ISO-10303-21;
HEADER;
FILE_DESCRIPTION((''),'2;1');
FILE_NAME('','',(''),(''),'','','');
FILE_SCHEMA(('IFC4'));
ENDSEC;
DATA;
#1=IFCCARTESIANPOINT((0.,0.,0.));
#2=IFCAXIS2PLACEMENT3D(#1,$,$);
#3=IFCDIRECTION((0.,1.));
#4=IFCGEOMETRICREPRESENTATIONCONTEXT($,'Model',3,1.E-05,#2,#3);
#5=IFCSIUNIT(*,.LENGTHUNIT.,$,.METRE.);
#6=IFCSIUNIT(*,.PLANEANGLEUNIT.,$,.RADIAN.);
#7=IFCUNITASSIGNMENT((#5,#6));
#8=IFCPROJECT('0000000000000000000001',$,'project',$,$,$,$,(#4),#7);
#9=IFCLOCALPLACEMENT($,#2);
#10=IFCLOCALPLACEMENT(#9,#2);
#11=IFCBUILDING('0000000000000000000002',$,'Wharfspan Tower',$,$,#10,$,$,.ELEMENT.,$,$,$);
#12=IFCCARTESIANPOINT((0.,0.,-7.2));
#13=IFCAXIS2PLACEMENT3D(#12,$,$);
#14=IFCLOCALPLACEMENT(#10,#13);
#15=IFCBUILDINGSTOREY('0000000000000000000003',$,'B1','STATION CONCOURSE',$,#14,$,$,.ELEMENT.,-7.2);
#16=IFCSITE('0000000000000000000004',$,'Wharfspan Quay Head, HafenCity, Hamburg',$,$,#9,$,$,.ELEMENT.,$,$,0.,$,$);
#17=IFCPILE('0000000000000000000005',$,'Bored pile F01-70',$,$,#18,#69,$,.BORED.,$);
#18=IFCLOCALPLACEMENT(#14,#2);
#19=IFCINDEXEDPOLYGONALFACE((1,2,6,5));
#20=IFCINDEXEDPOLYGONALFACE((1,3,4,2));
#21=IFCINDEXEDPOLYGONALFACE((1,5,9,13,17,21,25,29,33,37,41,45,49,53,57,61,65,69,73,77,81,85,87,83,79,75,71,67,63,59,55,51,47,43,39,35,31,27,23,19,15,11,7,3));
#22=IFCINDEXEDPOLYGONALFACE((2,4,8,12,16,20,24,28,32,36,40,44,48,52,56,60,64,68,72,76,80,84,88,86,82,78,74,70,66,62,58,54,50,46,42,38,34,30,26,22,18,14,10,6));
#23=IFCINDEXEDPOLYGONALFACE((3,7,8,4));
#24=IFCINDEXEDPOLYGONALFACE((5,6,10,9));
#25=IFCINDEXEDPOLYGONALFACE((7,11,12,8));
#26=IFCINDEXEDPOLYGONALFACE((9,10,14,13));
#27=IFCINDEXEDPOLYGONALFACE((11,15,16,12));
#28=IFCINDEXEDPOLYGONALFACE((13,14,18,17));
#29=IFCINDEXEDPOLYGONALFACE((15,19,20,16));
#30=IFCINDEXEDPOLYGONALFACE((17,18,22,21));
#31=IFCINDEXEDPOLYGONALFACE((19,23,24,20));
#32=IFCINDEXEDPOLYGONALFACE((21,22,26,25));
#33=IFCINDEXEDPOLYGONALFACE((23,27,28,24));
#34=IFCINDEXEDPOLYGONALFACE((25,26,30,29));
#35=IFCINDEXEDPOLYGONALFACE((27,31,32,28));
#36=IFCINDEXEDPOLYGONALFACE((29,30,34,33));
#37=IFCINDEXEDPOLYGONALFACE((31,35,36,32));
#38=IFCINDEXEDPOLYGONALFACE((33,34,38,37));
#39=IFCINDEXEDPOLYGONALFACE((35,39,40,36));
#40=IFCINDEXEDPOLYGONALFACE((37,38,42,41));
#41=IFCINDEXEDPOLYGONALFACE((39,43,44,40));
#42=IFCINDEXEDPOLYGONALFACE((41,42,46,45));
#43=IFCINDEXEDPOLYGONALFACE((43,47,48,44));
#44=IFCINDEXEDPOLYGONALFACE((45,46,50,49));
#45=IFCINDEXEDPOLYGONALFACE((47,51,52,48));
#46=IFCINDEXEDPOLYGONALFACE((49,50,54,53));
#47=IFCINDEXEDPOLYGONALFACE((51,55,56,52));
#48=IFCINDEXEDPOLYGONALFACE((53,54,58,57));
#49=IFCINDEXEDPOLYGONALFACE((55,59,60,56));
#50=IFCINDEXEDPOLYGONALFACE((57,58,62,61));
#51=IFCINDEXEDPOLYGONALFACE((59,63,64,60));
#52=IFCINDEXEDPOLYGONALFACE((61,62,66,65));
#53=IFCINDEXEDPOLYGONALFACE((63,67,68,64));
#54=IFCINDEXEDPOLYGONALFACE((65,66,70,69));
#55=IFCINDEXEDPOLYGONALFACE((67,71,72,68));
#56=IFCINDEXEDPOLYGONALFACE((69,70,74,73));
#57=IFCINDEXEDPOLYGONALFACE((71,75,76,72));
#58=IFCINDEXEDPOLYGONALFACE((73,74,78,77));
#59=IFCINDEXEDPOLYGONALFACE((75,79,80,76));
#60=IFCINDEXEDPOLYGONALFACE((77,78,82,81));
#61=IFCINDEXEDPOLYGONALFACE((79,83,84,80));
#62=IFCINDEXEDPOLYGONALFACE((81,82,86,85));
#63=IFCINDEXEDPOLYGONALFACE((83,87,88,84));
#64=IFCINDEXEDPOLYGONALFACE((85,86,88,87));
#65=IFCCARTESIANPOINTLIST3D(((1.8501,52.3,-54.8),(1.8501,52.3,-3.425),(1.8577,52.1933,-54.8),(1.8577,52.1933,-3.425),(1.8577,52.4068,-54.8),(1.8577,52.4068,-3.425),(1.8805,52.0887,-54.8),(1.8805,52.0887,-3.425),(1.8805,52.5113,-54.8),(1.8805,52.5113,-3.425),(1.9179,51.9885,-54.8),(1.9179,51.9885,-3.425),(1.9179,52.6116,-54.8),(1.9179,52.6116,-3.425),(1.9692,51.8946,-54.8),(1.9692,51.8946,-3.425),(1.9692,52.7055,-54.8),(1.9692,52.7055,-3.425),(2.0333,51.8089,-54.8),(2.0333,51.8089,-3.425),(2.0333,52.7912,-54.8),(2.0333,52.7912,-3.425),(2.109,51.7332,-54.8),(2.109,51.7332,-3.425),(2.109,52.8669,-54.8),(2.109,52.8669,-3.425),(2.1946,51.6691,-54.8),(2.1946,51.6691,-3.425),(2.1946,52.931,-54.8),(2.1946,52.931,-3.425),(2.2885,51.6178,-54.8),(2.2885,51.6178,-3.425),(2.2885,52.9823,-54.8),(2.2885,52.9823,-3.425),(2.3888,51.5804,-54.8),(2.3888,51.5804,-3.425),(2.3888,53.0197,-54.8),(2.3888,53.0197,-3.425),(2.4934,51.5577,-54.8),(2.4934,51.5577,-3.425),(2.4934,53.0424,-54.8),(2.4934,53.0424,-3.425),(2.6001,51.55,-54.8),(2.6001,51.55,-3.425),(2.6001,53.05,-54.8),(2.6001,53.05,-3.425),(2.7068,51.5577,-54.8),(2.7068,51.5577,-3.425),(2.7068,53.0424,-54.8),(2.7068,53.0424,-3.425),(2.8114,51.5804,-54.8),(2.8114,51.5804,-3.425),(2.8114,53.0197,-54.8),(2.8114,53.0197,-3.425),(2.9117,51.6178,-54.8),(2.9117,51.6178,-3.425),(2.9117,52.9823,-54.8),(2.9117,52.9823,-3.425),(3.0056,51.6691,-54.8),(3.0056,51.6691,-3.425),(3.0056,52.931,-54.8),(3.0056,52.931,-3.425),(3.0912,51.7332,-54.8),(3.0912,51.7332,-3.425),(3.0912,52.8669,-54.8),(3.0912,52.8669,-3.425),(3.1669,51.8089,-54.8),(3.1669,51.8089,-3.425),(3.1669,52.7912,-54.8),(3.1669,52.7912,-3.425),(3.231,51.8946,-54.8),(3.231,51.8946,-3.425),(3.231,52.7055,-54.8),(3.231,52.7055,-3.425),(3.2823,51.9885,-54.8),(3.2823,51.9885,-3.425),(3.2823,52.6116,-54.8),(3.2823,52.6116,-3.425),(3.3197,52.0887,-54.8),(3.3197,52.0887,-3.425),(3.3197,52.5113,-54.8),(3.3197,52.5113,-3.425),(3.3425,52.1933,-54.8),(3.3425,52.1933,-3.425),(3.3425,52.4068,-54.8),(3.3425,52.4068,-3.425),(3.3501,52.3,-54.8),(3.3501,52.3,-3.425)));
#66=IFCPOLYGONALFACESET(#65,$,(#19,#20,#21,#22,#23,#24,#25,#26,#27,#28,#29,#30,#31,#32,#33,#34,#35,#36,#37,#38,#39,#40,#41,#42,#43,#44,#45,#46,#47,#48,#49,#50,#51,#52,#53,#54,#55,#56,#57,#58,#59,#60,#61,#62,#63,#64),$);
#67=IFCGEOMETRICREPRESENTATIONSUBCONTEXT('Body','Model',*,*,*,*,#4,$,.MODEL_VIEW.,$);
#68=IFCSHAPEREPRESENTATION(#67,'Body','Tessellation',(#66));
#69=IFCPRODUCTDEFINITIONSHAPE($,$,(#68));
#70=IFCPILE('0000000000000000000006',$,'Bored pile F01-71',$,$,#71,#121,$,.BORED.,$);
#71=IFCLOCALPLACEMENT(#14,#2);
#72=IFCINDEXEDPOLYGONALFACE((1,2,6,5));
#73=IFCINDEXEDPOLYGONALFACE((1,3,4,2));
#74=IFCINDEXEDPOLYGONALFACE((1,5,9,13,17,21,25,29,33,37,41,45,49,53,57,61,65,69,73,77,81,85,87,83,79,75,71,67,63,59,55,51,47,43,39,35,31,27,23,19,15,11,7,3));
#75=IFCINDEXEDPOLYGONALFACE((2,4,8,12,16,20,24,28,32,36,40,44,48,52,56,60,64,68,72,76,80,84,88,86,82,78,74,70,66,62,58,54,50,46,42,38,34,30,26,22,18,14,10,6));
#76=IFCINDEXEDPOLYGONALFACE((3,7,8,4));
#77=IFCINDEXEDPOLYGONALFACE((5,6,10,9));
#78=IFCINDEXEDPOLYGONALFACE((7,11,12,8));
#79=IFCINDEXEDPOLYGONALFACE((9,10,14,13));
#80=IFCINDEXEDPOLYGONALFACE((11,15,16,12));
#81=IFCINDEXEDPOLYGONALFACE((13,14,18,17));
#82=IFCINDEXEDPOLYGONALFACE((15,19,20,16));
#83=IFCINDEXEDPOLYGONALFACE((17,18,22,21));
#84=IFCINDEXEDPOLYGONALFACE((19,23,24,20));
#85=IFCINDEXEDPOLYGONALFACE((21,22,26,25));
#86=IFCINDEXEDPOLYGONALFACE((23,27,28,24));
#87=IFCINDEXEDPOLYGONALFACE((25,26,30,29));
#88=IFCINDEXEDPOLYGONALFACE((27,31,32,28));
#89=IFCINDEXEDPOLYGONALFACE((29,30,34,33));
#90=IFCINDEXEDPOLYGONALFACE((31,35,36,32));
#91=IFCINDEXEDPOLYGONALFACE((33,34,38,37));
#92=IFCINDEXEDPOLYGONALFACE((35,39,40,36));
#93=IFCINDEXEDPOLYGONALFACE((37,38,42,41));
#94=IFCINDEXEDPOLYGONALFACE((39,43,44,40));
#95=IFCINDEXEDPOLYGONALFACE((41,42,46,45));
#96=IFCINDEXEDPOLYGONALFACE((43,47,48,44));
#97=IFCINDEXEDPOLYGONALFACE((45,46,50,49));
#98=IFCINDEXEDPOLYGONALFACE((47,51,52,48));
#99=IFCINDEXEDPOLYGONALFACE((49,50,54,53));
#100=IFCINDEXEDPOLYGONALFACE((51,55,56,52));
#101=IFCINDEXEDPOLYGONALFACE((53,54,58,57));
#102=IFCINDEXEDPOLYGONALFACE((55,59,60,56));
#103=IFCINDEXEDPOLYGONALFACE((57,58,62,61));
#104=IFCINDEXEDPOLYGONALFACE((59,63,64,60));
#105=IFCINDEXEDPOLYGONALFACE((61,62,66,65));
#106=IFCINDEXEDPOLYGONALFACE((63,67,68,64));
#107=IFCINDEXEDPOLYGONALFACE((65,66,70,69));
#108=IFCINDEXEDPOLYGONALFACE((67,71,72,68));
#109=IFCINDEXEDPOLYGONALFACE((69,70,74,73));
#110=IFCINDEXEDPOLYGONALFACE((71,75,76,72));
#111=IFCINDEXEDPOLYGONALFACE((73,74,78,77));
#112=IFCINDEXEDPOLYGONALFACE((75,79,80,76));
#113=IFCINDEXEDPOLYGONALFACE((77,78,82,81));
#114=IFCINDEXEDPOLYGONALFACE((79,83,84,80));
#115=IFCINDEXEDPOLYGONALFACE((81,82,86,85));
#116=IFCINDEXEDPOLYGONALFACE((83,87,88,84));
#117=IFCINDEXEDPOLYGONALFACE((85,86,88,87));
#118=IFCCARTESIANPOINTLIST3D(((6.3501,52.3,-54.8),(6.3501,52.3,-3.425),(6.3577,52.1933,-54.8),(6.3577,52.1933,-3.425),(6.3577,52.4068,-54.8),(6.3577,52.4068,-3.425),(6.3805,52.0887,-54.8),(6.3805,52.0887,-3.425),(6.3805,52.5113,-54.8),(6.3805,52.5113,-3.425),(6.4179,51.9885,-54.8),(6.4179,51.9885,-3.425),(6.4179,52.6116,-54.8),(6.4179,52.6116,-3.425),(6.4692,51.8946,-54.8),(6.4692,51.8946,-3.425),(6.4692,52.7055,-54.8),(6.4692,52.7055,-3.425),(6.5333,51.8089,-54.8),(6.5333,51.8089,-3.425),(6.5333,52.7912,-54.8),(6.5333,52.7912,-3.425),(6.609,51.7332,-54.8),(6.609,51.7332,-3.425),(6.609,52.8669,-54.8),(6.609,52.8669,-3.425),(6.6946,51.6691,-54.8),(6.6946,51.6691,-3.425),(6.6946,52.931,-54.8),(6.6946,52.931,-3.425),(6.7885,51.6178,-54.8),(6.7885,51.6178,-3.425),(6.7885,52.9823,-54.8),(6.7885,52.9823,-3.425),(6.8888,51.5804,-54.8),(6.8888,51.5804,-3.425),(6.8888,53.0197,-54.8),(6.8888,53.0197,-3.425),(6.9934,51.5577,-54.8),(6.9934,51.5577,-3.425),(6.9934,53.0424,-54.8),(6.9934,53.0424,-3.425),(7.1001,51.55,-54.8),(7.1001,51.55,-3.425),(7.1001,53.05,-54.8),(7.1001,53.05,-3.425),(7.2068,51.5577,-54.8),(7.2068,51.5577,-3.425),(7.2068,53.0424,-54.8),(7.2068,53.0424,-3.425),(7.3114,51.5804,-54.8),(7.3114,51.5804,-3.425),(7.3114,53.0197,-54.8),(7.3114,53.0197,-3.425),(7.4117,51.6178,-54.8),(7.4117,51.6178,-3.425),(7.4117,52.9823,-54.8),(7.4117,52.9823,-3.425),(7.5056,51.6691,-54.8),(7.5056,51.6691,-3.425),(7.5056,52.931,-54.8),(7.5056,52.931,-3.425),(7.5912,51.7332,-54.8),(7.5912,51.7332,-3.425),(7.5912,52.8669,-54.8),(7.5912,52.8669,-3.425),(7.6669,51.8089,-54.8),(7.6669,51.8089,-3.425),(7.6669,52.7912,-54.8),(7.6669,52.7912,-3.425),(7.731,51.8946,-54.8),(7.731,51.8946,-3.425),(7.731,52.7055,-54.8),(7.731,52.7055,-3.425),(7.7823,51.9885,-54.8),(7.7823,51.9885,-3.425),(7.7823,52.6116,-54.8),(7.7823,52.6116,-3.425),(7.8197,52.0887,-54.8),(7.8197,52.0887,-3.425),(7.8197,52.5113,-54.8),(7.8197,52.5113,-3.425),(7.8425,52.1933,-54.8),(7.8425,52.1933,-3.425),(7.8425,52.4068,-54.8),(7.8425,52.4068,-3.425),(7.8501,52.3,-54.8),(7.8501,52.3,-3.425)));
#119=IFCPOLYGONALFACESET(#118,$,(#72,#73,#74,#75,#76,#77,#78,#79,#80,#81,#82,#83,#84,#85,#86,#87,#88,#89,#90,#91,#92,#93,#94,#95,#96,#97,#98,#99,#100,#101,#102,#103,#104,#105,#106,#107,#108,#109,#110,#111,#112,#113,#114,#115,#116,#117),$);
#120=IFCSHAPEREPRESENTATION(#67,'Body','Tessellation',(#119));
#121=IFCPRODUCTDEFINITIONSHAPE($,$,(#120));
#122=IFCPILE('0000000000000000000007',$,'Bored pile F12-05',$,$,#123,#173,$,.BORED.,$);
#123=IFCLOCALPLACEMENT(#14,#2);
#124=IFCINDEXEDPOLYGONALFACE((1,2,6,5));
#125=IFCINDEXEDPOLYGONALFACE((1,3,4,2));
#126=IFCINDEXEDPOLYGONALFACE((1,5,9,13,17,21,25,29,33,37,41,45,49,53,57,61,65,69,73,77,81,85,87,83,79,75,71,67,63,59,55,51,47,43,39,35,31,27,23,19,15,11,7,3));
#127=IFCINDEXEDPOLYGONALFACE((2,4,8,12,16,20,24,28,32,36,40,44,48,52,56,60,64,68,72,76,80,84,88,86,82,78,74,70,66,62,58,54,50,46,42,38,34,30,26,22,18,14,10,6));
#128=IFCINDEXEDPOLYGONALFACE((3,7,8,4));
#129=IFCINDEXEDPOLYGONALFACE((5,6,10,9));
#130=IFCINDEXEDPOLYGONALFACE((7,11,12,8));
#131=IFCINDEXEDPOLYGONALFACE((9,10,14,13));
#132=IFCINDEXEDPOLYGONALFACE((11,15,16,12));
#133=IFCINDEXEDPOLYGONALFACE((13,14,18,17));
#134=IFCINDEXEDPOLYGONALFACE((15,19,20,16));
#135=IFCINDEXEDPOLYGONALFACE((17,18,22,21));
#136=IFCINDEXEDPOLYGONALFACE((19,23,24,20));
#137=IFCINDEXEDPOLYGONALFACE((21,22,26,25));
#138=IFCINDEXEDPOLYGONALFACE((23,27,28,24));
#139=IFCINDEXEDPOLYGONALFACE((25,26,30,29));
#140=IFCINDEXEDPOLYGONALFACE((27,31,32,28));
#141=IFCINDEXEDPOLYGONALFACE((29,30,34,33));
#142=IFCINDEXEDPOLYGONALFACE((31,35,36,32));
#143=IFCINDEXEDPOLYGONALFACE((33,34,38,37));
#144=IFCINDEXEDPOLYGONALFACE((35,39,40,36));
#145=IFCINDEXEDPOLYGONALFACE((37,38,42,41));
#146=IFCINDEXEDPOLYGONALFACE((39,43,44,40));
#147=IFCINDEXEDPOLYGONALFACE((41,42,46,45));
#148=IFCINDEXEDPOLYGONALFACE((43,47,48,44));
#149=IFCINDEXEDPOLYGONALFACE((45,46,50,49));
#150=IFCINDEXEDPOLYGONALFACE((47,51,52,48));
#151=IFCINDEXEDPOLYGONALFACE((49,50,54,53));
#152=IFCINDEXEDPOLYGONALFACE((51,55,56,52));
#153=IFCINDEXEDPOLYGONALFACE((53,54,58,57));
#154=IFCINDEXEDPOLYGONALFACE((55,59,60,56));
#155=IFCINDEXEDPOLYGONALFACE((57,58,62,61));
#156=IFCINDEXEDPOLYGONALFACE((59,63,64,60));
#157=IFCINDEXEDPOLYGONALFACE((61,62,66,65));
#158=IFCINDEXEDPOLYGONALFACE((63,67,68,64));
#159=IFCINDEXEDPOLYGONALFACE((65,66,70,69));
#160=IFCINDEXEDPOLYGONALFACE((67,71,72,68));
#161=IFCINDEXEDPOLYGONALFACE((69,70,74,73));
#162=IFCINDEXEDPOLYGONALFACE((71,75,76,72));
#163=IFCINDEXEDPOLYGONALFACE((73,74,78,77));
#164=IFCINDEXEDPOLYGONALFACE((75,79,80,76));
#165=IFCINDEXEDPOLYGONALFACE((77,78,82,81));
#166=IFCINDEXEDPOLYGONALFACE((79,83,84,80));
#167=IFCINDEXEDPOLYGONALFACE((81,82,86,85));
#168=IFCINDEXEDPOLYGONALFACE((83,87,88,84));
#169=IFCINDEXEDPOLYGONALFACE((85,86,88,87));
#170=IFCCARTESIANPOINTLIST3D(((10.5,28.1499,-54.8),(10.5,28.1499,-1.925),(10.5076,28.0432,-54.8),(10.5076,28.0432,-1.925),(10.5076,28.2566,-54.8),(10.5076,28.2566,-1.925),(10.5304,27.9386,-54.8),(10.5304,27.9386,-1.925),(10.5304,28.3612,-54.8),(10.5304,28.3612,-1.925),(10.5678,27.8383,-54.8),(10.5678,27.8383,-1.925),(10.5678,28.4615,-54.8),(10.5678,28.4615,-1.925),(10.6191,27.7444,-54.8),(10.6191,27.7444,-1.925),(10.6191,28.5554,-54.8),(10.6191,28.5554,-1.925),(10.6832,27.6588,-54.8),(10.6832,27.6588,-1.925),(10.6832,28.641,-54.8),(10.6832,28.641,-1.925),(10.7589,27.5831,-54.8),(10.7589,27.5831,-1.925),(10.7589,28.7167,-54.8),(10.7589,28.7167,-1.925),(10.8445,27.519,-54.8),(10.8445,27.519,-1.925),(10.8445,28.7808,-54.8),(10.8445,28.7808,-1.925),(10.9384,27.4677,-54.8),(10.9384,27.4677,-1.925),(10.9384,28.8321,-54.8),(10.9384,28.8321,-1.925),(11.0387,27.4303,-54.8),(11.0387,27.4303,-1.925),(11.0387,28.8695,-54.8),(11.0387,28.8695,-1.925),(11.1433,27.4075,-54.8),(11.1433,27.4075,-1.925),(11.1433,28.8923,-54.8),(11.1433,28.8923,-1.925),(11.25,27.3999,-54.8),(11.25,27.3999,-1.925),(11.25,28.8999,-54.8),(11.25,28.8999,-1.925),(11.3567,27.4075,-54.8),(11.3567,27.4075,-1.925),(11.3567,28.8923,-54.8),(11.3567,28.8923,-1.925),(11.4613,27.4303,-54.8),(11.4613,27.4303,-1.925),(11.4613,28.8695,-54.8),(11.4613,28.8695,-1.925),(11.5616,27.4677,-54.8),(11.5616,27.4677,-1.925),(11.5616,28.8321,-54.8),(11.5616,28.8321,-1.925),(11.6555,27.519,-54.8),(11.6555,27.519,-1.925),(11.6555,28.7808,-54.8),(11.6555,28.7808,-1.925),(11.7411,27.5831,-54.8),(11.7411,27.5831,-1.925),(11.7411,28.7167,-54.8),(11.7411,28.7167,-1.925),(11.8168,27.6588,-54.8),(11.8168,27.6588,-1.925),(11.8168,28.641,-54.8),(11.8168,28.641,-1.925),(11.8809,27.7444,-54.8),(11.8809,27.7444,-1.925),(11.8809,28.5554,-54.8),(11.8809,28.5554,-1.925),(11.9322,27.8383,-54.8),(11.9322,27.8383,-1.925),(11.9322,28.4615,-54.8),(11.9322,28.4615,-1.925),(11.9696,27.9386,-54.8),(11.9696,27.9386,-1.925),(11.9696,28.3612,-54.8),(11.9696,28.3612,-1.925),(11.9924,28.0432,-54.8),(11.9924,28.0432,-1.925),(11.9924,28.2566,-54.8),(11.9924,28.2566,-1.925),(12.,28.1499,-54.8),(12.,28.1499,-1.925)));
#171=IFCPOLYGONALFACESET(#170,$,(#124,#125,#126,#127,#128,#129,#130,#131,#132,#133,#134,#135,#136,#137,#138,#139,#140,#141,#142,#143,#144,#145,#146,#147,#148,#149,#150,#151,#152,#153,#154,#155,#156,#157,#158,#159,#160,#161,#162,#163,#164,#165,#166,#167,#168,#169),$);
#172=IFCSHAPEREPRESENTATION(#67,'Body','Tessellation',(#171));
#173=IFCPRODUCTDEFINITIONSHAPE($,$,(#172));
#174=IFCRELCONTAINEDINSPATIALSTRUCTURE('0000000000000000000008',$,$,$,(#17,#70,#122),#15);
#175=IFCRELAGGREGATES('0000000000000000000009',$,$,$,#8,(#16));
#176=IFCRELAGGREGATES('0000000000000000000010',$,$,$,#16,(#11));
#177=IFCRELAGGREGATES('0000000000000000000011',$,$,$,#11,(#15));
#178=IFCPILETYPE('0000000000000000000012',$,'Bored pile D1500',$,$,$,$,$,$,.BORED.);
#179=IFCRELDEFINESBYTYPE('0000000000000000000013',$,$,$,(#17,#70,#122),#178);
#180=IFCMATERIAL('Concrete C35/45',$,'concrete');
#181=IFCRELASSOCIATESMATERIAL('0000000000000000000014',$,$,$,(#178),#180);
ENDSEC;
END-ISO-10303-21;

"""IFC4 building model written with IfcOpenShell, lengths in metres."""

from ifc_helpers import new_model, si_unit, direction, frame, origin, origin_2d, place, context, subcontext, project, spatial, circle, extrude, material, material_profile, profile_set, type_object, element, save


model = new_model("IFC4")

# Units and contexts
model_context = context("Model", 3, precision=1e-05, world=origin(), true_north=direction((0.0, 1.0)))
body_context = subcontext(model_context, "Body", "Model", "MODEL_VIEW")
ifc_project = project(units=[si_unit("LENGTHUNIT", "METRE"), si_unit("PLANEANGLEUNIT", "RADIAN")], contexts=[model_context])

# Site, building, storey
site_placement = place(None, origin())
site = spatial("IfcSite", under=ifc_project, at=site_placement, Name="Wharfspan Quay Head, HafenCity, Hamburg", CompositionType="ELEMENT", RefElevation=0.0)
building_placement = place(site_placement, origin())
building = spatial("IfcBuilding", under=site, at=building_placement, Name="Wharfspan Tower", CompositionType="ELEMENT")
storey_placement = place(building_placement, frame((0.0, 0.0, -7.2)))
storey = spatial("IfcBuildingStorey", under=building, at=storey_placement, Name="B1", Description="STATION CONCOURSE", CompositionType="ELEMENT", Elevation=-7.2)

# Piles
ifc_material_1 = material(Name="Concrete C35/45", Category="concrete")
ifc_material_profile_1 = material_profile(ifc_material_1, circle(Radius=0.75, at=origin_2d()))
ifc_profile_set_1 = profile_set([ifc_material_profile_1], Name="Concrete C35/45")
pile_type = type_object("IfcPileType", Name="Bored pile D1500", PredefinedType="BORED", material=ifc_profile_set_1)
for number, where, z_axis, x_axis, name in (
    (1, (2.6001, 52.3, -3.425), (0.0, 0.0, -1.0), (1.0, 0.0, 0.0), "Bored pile F01-70"),
    (2, (7.1001, 52.3, -3.425), (0.0, 0.0, -1.0), (1.0, 0.0, 0.0), "Bored pile F01-71"),
):
    element("IfcPile", number, at=place(storey_placement, frame(where, z_axis=z_axis, x_axis=x_axis)), inside=storey, type_object=pile_type, Name=name, PredefinedType="BORED", context=body_context, shape_type="SweptSolid", body=[
        extrude(circle(Radius=0.75, at=origin_2d()), origin(), (0.0, 0.0, 1.0), 51.375),
    ])
for number, where, z_axis, x_axis, name in (
    (3, (11.25, 28.1499, -1.925), (0.0, 0.0, -1.0), (1.0, 0.0, 0.0), "Bored pile F12-05"),
):
    element("IfcPile", number, at=place(storey_placement, frame(where, z_axis=z_axis, x_axis=x_axis)), inside=storey, type_object=pile_type, Name=name, PredefinedType="BORED", context=body_context, shape_type="SweptSolid", body=[
        extrude(circle(Radius=0.75, at=origin_2d()), origin(), (0.0, 0.0, 1.0), 52.875),
    ])

save(model, "model.ifc")
